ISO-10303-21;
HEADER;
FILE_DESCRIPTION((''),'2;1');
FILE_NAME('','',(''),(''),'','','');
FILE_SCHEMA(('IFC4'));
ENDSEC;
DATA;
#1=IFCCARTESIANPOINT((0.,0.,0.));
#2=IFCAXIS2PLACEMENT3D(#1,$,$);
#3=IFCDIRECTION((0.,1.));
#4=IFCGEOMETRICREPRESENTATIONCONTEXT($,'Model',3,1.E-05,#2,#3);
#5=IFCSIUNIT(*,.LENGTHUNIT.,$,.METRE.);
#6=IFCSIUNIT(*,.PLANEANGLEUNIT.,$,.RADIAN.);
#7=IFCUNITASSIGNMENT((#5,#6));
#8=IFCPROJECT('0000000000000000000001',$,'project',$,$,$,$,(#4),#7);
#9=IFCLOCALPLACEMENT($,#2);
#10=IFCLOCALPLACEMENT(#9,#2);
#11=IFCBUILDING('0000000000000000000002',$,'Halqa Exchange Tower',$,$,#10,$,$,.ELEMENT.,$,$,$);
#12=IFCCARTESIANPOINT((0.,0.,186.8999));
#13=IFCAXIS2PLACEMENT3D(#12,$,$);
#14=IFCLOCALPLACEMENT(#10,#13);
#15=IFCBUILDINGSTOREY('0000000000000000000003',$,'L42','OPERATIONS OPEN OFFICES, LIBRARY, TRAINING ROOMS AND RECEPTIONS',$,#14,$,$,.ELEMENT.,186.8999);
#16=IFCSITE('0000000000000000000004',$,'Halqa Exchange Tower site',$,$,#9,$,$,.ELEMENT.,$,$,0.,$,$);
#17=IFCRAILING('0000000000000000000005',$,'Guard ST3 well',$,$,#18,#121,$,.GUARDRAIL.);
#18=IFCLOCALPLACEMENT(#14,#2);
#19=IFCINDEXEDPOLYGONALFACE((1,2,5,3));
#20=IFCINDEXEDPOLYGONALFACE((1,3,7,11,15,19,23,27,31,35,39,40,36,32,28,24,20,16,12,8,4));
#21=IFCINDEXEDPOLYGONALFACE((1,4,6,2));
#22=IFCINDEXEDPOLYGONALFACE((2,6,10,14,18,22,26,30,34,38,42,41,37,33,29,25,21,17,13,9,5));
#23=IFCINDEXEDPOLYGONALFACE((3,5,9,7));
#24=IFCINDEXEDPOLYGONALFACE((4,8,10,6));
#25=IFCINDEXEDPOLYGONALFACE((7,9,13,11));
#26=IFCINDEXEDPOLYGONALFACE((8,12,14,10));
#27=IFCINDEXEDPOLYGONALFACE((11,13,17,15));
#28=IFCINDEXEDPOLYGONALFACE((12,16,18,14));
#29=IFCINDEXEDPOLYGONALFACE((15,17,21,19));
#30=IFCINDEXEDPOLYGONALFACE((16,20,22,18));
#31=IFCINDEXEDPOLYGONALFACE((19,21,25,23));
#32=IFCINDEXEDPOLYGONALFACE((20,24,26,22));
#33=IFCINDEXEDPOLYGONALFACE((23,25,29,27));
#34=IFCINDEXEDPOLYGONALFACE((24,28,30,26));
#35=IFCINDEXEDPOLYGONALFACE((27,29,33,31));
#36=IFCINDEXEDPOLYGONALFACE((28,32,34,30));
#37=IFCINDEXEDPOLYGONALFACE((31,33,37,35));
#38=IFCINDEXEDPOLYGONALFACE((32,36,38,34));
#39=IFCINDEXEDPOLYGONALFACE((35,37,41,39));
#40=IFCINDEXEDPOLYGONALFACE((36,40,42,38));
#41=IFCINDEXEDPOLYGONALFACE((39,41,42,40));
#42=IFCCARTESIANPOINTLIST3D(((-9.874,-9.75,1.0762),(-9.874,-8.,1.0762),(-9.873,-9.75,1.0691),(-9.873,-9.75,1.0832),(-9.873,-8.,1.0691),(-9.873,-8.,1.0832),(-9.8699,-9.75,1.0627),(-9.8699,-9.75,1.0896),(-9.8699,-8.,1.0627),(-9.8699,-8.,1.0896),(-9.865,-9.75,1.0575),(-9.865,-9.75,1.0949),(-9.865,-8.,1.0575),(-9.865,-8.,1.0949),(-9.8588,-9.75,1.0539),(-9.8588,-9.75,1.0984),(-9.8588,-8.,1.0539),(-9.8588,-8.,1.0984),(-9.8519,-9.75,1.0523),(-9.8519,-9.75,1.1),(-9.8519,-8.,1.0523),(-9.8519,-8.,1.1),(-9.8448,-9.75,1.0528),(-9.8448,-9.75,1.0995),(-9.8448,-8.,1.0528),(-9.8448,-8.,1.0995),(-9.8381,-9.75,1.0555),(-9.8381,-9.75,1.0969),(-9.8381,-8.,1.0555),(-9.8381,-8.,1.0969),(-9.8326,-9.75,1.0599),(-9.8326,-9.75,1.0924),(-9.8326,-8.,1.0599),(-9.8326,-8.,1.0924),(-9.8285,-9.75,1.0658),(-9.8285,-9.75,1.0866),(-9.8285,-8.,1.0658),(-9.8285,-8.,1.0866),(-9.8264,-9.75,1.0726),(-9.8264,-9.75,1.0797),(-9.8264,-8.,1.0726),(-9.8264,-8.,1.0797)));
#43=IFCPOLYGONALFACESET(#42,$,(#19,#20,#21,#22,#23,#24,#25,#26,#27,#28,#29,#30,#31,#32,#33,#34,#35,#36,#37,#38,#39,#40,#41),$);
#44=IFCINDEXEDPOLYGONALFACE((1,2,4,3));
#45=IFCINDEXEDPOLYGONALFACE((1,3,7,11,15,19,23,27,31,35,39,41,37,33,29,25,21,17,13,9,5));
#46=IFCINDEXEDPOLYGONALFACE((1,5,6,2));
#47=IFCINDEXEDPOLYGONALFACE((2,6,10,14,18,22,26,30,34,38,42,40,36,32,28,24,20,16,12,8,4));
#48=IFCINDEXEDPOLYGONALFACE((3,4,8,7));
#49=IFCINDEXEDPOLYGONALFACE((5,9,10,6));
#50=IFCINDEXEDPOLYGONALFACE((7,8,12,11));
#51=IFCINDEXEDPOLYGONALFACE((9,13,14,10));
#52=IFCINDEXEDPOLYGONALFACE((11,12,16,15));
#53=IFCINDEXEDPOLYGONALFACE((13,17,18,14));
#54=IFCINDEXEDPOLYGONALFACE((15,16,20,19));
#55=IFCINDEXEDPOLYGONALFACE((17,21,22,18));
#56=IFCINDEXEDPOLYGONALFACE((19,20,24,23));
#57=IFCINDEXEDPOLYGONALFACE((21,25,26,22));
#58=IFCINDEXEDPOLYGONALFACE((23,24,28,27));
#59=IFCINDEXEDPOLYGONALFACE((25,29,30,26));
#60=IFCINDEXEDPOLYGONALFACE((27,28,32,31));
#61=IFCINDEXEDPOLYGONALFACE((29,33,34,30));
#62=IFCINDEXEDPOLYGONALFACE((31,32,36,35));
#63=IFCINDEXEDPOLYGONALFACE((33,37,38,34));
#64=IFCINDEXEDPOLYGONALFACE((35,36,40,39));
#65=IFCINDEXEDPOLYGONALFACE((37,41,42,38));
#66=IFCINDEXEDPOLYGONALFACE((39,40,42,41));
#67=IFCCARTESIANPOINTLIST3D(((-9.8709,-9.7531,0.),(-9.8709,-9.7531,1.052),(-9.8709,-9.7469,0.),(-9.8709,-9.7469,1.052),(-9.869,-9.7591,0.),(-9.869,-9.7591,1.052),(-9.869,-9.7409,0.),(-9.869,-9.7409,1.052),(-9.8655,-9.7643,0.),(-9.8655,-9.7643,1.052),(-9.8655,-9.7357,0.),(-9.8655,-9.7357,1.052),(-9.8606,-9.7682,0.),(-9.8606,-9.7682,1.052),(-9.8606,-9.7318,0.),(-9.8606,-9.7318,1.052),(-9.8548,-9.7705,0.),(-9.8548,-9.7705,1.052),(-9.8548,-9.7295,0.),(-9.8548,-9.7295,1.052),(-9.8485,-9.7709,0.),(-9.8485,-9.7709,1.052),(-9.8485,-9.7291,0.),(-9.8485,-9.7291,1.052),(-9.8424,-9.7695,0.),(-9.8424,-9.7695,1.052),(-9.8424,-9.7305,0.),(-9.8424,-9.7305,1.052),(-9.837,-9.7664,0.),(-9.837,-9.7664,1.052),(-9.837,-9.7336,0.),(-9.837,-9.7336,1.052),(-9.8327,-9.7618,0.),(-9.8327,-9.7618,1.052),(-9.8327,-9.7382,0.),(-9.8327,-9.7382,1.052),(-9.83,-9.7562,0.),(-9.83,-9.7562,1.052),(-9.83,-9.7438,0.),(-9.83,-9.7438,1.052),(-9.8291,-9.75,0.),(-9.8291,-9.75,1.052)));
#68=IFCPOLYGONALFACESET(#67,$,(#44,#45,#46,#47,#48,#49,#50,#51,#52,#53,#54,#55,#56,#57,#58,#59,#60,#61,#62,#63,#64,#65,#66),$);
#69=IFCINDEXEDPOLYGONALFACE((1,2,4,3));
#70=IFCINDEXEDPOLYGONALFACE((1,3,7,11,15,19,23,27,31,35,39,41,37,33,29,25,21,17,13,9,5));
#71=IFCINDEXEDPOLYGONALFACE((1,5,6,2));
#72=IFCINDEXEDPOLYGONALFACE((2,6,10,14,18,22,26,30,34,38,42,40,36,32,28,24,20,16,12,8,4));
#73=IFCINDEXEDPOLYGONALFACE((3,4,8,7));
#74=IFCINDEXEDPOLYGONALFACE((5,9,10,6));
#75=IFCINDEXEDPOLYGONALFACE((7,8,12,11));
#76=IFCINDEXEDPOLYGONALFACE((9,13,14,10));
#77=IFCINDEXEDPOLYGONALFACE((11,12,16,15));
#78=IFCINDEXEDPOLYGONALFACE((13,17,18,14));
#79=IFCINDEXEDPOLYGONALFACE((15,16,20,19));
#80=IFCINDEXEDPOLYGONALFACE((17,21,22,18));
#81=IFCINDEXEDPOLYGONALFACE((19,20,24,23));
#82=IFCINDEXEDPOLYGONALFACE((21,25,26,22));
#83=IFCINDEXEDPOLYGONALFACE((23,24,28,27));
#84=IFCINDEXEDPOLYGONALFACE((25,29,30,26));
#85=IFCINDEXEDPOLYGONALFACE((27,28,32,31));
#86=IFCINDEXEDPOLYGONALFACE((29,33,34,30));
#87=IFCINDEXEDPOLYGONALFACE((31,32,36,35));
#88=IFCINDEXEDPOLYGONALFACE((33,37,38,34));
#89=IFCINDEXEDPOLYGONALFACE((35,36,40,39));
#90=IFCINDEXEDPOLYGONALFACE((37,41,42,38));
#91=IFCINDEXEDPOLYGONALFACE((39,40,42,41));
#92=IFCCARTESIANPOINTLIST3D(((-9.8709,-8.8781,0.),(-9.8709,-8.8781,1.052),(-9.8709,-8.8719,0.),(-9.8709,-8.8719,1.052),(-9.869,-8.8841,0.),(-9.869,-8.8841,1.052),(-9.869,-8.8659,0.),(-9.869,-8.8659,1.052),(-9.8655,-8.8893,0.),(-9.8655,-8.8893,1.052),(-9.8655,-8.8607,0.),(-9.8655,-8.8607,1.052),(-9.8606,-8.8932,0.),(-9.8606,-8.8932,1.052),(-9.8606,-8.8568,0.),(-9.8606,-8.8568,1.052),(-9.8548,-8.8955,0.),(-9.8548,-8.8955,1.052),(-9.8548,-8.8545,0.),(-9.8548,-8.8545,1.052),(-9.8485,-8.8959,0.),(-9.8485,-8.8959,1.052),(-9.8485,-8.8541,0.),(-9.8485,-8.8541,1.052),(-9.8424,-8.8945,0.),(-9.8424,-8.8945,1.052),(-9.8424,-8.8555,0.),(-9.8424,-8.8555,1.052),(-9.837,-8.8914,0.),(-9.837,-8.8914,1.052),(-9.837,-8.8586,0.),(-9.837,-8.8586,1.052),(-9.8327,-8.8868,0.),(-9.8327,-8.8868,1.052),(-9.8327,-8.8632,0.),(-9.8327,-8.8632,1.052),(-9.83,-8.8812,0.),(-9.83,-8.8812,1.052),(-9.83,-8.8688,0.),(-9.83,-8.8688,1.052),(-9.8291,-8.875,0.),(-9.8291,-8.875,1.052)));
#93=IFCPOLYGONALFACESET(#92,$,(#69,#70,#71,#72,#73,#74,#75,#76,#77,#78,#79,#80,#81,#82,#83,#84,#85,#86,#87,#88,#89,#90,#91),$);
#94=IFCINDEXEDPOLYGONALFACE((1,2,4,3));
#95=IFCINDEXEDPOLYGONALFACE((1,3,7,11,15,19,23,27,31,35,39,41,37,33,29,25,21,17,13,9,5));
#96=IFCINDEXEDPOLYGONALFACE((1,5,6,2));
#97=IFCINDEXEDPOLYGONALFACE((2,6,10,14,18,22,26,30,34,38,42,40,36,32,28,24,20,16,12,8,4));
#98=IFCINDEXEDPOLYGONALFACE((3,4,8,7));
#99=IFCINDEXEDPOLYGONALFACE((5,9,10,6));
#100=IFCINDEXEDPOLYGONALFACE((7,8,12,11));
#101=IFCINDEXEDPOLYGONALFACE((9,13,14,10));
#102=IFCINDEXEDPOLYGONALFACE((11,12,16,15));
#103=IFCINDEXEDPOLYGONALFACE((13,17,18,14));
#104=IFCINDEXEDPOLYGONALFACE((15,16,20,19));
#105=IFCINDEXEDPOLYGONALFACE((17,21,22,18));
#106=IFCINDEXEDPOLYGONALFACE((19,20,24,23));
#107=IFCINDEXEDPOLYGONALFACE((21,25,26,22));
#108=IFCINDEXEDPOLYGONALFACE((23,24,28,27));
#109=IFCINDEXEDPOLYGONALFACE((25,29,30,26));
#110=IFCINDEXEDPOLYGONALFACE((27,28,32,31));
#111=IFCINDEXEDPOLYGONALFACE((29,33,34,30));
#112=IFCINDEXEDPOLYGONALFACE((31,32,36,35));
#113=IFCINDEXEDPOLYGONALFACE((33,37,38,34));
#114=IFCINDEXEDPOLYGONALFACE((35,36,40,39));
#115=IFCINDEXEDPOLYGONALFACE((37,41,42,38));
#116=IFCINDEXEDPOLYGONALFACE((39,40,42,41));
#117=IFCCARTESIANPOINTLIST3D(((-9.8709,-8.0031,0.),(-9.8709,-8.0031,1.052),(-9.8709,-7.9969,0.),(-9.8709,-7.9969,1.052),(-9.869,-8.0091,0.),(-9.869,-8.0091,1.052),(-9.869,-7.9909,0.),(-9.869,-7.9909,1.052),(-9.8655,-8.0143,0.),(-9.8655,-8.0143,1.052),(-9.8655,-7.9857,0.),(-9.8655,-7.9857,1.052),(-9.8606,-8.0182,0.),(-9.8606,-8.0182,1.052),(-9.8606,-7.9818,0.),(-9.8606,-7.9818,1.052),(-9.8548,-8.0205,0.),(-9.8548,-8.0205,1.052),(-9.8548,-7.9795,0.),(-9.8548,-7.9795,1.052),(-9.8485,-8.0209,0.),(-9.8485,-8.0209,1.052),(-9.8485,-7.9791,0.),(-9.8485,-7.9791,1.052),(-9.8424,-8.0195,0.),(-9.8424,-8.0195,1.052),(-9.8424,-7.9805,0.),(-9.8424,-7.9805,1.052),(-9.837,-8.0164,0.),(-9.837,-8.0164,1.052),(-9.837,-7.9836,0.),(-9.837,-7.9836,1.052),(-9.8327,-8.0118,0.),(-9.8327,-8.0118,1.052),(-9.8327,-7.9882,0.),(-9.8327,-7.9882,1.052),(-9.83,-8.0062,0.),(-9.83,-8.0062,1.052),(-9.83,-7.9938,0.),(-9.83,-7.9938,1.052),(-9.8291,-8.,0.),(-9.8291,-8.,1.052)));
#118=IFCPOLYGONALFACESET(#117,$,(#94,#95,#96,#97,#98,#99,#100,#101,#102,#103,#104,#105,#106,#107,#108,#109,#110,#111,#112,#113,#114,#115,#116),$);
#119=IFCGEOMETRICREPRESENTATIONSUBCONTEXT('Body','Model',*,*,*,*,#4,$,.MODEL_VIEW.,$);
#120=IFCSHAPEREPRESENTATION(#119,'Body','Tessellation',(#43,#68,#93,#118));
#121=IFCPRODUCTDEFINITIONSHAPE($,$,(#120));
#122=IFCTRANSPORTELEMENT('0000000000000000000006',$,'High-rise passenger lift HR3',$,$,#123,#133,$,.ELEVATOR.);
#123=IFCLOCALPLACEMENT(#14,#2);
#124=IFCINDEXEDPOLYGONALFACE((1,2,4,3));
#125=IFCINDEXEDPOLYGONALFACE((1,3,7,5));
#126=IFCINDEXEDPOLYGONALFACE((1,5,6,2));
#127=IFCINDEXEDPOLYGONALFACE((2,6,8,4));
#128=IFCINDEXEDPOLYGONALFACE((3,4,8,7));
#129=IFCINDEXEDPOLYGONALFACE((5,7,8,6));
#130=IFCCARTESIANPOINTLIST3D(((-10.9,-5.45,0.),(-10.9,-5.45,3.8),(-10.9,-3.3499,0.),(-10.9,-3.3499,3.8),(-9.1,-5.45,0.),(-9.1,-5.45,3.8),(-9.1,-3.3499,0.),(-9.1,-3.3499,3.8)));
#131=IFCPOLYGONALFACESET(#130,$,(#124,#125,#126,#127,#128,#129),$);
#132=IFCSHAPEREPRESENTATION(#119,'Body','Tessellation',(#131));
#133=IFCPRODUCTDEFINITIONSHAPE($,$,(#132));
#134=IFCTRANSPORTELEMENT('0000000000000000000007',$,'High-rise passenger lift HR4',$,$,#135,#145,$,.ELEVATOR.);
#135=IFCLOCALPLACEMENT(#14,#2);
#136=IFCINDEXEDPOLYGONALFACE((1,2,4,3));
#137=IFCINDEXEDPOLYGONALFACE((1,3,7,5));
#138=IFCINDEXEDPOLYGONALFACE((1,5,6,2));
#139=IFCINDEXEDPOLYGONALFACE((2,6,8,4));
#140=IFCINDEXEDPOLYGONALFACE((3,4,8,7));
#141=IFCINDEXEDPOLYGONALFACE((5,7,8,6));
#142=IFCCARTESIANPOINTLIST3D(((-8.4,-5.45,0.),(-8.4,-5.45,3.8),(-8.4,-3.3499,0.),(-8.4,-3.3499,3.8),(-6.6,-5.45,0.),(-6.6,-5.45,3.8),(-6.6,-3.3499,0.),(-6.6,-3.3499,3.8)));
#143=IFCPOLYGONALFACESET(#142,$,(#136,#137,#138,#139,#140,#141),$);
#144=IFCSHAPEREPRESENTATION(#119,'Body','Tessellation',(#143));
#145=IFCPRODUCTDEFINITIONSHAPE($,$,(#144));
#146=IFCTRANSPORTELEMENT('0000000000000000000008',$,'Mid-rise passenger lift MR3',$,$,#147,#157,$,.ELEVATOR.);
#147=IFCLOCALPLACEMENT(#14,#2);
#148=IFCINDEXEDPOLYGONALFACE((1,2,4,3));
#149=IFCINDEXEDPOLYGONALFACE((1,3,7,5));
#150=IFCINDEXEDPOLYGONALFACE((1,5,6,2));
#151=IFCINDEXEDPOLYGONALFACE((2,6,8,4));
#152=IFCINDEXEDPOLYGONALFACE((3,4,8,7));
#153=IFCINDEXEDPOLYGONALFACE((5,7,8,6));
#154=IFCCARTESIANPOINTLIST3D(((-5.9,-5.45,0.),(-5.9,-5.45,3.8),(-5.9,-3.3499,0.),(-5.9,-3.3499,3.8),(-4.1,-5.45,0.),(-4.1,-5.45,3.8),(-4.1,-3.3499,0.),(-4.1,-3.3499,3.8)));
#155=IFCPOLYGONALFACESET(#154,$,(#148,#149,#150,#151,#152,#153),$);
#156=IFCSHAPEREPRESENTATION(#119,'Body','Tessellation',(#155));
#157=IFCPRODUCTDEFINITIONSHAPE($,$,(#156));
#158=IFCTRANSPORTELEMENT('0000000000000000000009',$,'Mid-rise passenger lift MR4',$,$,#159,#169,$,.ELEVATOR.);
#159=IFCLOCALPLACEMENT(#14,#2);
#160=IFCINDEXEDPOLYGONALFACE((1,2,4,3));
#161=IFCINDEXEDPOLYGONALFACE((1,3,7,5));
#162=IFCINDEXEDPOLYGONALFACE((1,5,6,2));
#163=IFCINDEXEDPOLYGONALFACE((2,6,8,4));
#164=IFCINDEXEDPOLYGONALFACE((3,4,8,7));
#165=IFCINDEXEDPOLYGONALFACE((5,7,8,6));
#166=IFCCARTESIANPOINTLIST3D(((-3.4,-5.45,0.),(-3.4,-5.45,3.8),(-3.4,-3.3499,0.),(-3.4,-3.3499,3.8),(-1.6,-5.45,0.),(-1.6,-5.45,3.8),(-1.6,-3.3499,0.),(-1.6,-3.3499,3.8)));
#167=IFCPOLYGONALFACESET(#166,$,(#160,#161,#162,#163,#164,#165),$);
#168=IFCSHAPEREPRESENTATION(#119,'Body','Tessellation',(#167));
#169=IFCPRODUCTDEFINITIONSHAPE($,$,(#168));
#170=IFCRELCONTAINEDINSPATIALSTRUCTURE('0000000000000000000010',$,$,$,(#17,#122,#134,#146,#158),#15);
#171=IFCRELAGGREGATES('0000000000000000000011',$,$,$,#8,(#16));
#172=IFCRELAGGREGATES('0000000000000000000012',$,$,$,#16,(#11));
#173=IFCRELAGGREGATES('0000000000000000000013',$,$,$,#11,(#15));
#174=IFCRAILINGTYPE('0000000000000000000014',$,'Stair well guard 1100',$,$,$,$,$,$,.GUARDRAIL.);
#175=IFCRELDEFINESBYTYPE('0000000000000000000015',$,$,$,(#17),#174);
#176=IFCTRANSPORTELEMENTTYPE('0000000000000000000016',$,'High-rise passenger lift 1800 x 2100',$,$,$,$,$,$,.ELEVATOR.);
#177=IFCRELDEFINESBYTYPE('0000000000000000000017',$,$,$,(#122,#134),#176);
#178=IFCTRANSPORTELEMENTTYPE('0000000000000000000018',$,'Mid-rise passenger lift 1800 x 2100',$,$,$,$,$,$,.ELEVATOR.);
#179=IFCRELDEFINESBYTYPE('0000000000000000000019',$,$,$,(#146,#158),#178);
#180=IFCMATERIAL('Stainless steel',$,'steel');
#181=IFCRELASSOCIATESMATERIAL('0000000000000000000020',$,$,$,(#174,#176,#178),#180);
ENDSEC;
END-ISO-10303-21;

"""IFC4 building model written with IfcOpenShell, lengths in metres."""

from ifc_helpers import new_model, si_unit, direction, frame, origin, origin_2d, place, context, subcontext, project, spatial, rectangle, circle, extrude, material, type_object, element, save


model = new_model("IFC4")

# Units and contexts
model_context = context("Model", 3, precision=1e-05, world=origin(), true_north=direction((0.0, 1.0)))
body_context = subcontext(model_context, "Body", "Model", "MODEL_VIEW")
ifc_project = project(units=[si_unit("LENGTHUNIT", "METRE"), si_unit("PLANEANGLEUNIT", "RADIAN")], contexts=[model_context])

# Site, building, storey
site_placement = place(None, origin())
site = spatial("IfcSite", under=ifc_project, at=site_placement, Name="Halqa Exchange Tower site", CompositionType="ELEMENT", RefElevation=0.0)
building_placement = place(site_placement, origin())
building = spatial("IfcBuilding", under=site, at=building_placement, Name="Halqa Exchange Tower", CompositionType="ELEMENT")
storey_placement = place(building_placement, frame((0.0, 0.0, 186.8999)))
storey = spatial("IfcBuildingStorey", under=building, at=storey_placement, Name="L42", Description="OPERATIONS OPEN OFFICES, LIBRARY, TRAINING ROOMS AND RECEPTIONS", CompositionType="ELEMENT", Elevation=186.8999)

# Shared definitions
ifc_material_1 = material(Name="Stainless steel", Category="steel")

# Railing
railing_type_1 = type_object("IfcRailingType", Name="Stair well guard 1100", PredefinedType="GUARDRAIL", material=ifc_material_1)
railing_1_placement = place(storey_placement, frame((-9.8501, -9.75, 0.0)))
element("IfcRailing", 1, at=railing_1_placement, inside=storey, type_object=railing_type_1, Name="Guard ST3 well", PredefinedType="GUARDRAIL", context=body_context, shape_type="SweptSolid", body=[
    extrude(circle(Radius=0.0239, at=origin_2d()), frame((0.0, 0.0, 1.0762), z_axis=(0.0, 1.0, 0.0), x_axis=(-1.0, 0.0, 0.0)), (0.0, 0.0, 1.0), 1.75),
    extrude(circle(Radius=0.021, at=origin_2d()), origin(), (0.0, 0.0, 1.0), 1.052),
    extrude(circle(Radius=0.021, at=origin_2d()), frame((0.0, 0.875, 0.0)), (0.0, 0.0, 1.0), 1.052),
    extrude(circle(Radius=0.021, at=origin_2d()), frame((0.0, 1.75, 0.0)), (0.0, 0.0, 1.0), 1.052),
])

# Transport elements
transport_element_type_1 = type_object("IfcTransportElementType", Name="High-rise passenger lift 1800 x 2100", PredefinedType="ELEVATOR", material=ifc_material_1)
for number, where, z_axis, x_axis, name in (
    (2, (-10.0, -4.3999, 0.0), (0.0, 0.0, 1.0), (1.0, 0.0, 0.0), "High-rise passenger lift HR3"),
    (3, (-7.5, -4.3999, 0.0), (0.0, 0.0, 1.0), (1.0, 0.0, 0.0), "High-rise passenger lift HR4"),
):
    element("IfcTransportElement", number, at=place(storey_placement, frame(where, z_axis=z_axis, x_axis=x_axis)), inside=storey, type_object=transport_element_type_1, Name=name, PredefinedType="ELEVATOR", context=body_context, shape_type="SweptSolid", body=[
        extrude(rectangle(XDim=1.8, YDim=2.1001, at=origin_2d()), origin(), (0.0, 0.0, 1.0), 3.8),
    ])
transport_element_type_2 = type_object("IfcTransportElementType", Name="Mid-rise passenger lift 1800 x 2100", PredefinedType="ELEVATOR", material=ifc_material_1)
for number, where, z_axis, x_axis, name in (
    (4, (-5.0, -4.3999, 0.0), (0.0, 0.0, 1.0), (1.0, 0.0, 0.0), "Mid-rise passenger lift MR3"),
    (5, (-2.5, -4.3999, 0.0), (0.0, 0.0, 1.0), (1.0, 0.0, 0.0), "Mid-rise passenger lift MR4"),
):
    element("IfcTransportElement", number, at=place(storey_placement, frame(where, z_axis=z_axis, x_axis=x_axis)), inside=storey, type_object=transport_element_type_2, Name=name, PredefinedType="ELEVATOR", context=body_context, shape_type="SweptSolid", body=[
        extrude(rectangle(XDim=1.8, YDim=2.1001, at=origin_2d()), origin(), (0.0, 0.0, 1.0), 3.8),
    ])

save(model, "model.ifc")
